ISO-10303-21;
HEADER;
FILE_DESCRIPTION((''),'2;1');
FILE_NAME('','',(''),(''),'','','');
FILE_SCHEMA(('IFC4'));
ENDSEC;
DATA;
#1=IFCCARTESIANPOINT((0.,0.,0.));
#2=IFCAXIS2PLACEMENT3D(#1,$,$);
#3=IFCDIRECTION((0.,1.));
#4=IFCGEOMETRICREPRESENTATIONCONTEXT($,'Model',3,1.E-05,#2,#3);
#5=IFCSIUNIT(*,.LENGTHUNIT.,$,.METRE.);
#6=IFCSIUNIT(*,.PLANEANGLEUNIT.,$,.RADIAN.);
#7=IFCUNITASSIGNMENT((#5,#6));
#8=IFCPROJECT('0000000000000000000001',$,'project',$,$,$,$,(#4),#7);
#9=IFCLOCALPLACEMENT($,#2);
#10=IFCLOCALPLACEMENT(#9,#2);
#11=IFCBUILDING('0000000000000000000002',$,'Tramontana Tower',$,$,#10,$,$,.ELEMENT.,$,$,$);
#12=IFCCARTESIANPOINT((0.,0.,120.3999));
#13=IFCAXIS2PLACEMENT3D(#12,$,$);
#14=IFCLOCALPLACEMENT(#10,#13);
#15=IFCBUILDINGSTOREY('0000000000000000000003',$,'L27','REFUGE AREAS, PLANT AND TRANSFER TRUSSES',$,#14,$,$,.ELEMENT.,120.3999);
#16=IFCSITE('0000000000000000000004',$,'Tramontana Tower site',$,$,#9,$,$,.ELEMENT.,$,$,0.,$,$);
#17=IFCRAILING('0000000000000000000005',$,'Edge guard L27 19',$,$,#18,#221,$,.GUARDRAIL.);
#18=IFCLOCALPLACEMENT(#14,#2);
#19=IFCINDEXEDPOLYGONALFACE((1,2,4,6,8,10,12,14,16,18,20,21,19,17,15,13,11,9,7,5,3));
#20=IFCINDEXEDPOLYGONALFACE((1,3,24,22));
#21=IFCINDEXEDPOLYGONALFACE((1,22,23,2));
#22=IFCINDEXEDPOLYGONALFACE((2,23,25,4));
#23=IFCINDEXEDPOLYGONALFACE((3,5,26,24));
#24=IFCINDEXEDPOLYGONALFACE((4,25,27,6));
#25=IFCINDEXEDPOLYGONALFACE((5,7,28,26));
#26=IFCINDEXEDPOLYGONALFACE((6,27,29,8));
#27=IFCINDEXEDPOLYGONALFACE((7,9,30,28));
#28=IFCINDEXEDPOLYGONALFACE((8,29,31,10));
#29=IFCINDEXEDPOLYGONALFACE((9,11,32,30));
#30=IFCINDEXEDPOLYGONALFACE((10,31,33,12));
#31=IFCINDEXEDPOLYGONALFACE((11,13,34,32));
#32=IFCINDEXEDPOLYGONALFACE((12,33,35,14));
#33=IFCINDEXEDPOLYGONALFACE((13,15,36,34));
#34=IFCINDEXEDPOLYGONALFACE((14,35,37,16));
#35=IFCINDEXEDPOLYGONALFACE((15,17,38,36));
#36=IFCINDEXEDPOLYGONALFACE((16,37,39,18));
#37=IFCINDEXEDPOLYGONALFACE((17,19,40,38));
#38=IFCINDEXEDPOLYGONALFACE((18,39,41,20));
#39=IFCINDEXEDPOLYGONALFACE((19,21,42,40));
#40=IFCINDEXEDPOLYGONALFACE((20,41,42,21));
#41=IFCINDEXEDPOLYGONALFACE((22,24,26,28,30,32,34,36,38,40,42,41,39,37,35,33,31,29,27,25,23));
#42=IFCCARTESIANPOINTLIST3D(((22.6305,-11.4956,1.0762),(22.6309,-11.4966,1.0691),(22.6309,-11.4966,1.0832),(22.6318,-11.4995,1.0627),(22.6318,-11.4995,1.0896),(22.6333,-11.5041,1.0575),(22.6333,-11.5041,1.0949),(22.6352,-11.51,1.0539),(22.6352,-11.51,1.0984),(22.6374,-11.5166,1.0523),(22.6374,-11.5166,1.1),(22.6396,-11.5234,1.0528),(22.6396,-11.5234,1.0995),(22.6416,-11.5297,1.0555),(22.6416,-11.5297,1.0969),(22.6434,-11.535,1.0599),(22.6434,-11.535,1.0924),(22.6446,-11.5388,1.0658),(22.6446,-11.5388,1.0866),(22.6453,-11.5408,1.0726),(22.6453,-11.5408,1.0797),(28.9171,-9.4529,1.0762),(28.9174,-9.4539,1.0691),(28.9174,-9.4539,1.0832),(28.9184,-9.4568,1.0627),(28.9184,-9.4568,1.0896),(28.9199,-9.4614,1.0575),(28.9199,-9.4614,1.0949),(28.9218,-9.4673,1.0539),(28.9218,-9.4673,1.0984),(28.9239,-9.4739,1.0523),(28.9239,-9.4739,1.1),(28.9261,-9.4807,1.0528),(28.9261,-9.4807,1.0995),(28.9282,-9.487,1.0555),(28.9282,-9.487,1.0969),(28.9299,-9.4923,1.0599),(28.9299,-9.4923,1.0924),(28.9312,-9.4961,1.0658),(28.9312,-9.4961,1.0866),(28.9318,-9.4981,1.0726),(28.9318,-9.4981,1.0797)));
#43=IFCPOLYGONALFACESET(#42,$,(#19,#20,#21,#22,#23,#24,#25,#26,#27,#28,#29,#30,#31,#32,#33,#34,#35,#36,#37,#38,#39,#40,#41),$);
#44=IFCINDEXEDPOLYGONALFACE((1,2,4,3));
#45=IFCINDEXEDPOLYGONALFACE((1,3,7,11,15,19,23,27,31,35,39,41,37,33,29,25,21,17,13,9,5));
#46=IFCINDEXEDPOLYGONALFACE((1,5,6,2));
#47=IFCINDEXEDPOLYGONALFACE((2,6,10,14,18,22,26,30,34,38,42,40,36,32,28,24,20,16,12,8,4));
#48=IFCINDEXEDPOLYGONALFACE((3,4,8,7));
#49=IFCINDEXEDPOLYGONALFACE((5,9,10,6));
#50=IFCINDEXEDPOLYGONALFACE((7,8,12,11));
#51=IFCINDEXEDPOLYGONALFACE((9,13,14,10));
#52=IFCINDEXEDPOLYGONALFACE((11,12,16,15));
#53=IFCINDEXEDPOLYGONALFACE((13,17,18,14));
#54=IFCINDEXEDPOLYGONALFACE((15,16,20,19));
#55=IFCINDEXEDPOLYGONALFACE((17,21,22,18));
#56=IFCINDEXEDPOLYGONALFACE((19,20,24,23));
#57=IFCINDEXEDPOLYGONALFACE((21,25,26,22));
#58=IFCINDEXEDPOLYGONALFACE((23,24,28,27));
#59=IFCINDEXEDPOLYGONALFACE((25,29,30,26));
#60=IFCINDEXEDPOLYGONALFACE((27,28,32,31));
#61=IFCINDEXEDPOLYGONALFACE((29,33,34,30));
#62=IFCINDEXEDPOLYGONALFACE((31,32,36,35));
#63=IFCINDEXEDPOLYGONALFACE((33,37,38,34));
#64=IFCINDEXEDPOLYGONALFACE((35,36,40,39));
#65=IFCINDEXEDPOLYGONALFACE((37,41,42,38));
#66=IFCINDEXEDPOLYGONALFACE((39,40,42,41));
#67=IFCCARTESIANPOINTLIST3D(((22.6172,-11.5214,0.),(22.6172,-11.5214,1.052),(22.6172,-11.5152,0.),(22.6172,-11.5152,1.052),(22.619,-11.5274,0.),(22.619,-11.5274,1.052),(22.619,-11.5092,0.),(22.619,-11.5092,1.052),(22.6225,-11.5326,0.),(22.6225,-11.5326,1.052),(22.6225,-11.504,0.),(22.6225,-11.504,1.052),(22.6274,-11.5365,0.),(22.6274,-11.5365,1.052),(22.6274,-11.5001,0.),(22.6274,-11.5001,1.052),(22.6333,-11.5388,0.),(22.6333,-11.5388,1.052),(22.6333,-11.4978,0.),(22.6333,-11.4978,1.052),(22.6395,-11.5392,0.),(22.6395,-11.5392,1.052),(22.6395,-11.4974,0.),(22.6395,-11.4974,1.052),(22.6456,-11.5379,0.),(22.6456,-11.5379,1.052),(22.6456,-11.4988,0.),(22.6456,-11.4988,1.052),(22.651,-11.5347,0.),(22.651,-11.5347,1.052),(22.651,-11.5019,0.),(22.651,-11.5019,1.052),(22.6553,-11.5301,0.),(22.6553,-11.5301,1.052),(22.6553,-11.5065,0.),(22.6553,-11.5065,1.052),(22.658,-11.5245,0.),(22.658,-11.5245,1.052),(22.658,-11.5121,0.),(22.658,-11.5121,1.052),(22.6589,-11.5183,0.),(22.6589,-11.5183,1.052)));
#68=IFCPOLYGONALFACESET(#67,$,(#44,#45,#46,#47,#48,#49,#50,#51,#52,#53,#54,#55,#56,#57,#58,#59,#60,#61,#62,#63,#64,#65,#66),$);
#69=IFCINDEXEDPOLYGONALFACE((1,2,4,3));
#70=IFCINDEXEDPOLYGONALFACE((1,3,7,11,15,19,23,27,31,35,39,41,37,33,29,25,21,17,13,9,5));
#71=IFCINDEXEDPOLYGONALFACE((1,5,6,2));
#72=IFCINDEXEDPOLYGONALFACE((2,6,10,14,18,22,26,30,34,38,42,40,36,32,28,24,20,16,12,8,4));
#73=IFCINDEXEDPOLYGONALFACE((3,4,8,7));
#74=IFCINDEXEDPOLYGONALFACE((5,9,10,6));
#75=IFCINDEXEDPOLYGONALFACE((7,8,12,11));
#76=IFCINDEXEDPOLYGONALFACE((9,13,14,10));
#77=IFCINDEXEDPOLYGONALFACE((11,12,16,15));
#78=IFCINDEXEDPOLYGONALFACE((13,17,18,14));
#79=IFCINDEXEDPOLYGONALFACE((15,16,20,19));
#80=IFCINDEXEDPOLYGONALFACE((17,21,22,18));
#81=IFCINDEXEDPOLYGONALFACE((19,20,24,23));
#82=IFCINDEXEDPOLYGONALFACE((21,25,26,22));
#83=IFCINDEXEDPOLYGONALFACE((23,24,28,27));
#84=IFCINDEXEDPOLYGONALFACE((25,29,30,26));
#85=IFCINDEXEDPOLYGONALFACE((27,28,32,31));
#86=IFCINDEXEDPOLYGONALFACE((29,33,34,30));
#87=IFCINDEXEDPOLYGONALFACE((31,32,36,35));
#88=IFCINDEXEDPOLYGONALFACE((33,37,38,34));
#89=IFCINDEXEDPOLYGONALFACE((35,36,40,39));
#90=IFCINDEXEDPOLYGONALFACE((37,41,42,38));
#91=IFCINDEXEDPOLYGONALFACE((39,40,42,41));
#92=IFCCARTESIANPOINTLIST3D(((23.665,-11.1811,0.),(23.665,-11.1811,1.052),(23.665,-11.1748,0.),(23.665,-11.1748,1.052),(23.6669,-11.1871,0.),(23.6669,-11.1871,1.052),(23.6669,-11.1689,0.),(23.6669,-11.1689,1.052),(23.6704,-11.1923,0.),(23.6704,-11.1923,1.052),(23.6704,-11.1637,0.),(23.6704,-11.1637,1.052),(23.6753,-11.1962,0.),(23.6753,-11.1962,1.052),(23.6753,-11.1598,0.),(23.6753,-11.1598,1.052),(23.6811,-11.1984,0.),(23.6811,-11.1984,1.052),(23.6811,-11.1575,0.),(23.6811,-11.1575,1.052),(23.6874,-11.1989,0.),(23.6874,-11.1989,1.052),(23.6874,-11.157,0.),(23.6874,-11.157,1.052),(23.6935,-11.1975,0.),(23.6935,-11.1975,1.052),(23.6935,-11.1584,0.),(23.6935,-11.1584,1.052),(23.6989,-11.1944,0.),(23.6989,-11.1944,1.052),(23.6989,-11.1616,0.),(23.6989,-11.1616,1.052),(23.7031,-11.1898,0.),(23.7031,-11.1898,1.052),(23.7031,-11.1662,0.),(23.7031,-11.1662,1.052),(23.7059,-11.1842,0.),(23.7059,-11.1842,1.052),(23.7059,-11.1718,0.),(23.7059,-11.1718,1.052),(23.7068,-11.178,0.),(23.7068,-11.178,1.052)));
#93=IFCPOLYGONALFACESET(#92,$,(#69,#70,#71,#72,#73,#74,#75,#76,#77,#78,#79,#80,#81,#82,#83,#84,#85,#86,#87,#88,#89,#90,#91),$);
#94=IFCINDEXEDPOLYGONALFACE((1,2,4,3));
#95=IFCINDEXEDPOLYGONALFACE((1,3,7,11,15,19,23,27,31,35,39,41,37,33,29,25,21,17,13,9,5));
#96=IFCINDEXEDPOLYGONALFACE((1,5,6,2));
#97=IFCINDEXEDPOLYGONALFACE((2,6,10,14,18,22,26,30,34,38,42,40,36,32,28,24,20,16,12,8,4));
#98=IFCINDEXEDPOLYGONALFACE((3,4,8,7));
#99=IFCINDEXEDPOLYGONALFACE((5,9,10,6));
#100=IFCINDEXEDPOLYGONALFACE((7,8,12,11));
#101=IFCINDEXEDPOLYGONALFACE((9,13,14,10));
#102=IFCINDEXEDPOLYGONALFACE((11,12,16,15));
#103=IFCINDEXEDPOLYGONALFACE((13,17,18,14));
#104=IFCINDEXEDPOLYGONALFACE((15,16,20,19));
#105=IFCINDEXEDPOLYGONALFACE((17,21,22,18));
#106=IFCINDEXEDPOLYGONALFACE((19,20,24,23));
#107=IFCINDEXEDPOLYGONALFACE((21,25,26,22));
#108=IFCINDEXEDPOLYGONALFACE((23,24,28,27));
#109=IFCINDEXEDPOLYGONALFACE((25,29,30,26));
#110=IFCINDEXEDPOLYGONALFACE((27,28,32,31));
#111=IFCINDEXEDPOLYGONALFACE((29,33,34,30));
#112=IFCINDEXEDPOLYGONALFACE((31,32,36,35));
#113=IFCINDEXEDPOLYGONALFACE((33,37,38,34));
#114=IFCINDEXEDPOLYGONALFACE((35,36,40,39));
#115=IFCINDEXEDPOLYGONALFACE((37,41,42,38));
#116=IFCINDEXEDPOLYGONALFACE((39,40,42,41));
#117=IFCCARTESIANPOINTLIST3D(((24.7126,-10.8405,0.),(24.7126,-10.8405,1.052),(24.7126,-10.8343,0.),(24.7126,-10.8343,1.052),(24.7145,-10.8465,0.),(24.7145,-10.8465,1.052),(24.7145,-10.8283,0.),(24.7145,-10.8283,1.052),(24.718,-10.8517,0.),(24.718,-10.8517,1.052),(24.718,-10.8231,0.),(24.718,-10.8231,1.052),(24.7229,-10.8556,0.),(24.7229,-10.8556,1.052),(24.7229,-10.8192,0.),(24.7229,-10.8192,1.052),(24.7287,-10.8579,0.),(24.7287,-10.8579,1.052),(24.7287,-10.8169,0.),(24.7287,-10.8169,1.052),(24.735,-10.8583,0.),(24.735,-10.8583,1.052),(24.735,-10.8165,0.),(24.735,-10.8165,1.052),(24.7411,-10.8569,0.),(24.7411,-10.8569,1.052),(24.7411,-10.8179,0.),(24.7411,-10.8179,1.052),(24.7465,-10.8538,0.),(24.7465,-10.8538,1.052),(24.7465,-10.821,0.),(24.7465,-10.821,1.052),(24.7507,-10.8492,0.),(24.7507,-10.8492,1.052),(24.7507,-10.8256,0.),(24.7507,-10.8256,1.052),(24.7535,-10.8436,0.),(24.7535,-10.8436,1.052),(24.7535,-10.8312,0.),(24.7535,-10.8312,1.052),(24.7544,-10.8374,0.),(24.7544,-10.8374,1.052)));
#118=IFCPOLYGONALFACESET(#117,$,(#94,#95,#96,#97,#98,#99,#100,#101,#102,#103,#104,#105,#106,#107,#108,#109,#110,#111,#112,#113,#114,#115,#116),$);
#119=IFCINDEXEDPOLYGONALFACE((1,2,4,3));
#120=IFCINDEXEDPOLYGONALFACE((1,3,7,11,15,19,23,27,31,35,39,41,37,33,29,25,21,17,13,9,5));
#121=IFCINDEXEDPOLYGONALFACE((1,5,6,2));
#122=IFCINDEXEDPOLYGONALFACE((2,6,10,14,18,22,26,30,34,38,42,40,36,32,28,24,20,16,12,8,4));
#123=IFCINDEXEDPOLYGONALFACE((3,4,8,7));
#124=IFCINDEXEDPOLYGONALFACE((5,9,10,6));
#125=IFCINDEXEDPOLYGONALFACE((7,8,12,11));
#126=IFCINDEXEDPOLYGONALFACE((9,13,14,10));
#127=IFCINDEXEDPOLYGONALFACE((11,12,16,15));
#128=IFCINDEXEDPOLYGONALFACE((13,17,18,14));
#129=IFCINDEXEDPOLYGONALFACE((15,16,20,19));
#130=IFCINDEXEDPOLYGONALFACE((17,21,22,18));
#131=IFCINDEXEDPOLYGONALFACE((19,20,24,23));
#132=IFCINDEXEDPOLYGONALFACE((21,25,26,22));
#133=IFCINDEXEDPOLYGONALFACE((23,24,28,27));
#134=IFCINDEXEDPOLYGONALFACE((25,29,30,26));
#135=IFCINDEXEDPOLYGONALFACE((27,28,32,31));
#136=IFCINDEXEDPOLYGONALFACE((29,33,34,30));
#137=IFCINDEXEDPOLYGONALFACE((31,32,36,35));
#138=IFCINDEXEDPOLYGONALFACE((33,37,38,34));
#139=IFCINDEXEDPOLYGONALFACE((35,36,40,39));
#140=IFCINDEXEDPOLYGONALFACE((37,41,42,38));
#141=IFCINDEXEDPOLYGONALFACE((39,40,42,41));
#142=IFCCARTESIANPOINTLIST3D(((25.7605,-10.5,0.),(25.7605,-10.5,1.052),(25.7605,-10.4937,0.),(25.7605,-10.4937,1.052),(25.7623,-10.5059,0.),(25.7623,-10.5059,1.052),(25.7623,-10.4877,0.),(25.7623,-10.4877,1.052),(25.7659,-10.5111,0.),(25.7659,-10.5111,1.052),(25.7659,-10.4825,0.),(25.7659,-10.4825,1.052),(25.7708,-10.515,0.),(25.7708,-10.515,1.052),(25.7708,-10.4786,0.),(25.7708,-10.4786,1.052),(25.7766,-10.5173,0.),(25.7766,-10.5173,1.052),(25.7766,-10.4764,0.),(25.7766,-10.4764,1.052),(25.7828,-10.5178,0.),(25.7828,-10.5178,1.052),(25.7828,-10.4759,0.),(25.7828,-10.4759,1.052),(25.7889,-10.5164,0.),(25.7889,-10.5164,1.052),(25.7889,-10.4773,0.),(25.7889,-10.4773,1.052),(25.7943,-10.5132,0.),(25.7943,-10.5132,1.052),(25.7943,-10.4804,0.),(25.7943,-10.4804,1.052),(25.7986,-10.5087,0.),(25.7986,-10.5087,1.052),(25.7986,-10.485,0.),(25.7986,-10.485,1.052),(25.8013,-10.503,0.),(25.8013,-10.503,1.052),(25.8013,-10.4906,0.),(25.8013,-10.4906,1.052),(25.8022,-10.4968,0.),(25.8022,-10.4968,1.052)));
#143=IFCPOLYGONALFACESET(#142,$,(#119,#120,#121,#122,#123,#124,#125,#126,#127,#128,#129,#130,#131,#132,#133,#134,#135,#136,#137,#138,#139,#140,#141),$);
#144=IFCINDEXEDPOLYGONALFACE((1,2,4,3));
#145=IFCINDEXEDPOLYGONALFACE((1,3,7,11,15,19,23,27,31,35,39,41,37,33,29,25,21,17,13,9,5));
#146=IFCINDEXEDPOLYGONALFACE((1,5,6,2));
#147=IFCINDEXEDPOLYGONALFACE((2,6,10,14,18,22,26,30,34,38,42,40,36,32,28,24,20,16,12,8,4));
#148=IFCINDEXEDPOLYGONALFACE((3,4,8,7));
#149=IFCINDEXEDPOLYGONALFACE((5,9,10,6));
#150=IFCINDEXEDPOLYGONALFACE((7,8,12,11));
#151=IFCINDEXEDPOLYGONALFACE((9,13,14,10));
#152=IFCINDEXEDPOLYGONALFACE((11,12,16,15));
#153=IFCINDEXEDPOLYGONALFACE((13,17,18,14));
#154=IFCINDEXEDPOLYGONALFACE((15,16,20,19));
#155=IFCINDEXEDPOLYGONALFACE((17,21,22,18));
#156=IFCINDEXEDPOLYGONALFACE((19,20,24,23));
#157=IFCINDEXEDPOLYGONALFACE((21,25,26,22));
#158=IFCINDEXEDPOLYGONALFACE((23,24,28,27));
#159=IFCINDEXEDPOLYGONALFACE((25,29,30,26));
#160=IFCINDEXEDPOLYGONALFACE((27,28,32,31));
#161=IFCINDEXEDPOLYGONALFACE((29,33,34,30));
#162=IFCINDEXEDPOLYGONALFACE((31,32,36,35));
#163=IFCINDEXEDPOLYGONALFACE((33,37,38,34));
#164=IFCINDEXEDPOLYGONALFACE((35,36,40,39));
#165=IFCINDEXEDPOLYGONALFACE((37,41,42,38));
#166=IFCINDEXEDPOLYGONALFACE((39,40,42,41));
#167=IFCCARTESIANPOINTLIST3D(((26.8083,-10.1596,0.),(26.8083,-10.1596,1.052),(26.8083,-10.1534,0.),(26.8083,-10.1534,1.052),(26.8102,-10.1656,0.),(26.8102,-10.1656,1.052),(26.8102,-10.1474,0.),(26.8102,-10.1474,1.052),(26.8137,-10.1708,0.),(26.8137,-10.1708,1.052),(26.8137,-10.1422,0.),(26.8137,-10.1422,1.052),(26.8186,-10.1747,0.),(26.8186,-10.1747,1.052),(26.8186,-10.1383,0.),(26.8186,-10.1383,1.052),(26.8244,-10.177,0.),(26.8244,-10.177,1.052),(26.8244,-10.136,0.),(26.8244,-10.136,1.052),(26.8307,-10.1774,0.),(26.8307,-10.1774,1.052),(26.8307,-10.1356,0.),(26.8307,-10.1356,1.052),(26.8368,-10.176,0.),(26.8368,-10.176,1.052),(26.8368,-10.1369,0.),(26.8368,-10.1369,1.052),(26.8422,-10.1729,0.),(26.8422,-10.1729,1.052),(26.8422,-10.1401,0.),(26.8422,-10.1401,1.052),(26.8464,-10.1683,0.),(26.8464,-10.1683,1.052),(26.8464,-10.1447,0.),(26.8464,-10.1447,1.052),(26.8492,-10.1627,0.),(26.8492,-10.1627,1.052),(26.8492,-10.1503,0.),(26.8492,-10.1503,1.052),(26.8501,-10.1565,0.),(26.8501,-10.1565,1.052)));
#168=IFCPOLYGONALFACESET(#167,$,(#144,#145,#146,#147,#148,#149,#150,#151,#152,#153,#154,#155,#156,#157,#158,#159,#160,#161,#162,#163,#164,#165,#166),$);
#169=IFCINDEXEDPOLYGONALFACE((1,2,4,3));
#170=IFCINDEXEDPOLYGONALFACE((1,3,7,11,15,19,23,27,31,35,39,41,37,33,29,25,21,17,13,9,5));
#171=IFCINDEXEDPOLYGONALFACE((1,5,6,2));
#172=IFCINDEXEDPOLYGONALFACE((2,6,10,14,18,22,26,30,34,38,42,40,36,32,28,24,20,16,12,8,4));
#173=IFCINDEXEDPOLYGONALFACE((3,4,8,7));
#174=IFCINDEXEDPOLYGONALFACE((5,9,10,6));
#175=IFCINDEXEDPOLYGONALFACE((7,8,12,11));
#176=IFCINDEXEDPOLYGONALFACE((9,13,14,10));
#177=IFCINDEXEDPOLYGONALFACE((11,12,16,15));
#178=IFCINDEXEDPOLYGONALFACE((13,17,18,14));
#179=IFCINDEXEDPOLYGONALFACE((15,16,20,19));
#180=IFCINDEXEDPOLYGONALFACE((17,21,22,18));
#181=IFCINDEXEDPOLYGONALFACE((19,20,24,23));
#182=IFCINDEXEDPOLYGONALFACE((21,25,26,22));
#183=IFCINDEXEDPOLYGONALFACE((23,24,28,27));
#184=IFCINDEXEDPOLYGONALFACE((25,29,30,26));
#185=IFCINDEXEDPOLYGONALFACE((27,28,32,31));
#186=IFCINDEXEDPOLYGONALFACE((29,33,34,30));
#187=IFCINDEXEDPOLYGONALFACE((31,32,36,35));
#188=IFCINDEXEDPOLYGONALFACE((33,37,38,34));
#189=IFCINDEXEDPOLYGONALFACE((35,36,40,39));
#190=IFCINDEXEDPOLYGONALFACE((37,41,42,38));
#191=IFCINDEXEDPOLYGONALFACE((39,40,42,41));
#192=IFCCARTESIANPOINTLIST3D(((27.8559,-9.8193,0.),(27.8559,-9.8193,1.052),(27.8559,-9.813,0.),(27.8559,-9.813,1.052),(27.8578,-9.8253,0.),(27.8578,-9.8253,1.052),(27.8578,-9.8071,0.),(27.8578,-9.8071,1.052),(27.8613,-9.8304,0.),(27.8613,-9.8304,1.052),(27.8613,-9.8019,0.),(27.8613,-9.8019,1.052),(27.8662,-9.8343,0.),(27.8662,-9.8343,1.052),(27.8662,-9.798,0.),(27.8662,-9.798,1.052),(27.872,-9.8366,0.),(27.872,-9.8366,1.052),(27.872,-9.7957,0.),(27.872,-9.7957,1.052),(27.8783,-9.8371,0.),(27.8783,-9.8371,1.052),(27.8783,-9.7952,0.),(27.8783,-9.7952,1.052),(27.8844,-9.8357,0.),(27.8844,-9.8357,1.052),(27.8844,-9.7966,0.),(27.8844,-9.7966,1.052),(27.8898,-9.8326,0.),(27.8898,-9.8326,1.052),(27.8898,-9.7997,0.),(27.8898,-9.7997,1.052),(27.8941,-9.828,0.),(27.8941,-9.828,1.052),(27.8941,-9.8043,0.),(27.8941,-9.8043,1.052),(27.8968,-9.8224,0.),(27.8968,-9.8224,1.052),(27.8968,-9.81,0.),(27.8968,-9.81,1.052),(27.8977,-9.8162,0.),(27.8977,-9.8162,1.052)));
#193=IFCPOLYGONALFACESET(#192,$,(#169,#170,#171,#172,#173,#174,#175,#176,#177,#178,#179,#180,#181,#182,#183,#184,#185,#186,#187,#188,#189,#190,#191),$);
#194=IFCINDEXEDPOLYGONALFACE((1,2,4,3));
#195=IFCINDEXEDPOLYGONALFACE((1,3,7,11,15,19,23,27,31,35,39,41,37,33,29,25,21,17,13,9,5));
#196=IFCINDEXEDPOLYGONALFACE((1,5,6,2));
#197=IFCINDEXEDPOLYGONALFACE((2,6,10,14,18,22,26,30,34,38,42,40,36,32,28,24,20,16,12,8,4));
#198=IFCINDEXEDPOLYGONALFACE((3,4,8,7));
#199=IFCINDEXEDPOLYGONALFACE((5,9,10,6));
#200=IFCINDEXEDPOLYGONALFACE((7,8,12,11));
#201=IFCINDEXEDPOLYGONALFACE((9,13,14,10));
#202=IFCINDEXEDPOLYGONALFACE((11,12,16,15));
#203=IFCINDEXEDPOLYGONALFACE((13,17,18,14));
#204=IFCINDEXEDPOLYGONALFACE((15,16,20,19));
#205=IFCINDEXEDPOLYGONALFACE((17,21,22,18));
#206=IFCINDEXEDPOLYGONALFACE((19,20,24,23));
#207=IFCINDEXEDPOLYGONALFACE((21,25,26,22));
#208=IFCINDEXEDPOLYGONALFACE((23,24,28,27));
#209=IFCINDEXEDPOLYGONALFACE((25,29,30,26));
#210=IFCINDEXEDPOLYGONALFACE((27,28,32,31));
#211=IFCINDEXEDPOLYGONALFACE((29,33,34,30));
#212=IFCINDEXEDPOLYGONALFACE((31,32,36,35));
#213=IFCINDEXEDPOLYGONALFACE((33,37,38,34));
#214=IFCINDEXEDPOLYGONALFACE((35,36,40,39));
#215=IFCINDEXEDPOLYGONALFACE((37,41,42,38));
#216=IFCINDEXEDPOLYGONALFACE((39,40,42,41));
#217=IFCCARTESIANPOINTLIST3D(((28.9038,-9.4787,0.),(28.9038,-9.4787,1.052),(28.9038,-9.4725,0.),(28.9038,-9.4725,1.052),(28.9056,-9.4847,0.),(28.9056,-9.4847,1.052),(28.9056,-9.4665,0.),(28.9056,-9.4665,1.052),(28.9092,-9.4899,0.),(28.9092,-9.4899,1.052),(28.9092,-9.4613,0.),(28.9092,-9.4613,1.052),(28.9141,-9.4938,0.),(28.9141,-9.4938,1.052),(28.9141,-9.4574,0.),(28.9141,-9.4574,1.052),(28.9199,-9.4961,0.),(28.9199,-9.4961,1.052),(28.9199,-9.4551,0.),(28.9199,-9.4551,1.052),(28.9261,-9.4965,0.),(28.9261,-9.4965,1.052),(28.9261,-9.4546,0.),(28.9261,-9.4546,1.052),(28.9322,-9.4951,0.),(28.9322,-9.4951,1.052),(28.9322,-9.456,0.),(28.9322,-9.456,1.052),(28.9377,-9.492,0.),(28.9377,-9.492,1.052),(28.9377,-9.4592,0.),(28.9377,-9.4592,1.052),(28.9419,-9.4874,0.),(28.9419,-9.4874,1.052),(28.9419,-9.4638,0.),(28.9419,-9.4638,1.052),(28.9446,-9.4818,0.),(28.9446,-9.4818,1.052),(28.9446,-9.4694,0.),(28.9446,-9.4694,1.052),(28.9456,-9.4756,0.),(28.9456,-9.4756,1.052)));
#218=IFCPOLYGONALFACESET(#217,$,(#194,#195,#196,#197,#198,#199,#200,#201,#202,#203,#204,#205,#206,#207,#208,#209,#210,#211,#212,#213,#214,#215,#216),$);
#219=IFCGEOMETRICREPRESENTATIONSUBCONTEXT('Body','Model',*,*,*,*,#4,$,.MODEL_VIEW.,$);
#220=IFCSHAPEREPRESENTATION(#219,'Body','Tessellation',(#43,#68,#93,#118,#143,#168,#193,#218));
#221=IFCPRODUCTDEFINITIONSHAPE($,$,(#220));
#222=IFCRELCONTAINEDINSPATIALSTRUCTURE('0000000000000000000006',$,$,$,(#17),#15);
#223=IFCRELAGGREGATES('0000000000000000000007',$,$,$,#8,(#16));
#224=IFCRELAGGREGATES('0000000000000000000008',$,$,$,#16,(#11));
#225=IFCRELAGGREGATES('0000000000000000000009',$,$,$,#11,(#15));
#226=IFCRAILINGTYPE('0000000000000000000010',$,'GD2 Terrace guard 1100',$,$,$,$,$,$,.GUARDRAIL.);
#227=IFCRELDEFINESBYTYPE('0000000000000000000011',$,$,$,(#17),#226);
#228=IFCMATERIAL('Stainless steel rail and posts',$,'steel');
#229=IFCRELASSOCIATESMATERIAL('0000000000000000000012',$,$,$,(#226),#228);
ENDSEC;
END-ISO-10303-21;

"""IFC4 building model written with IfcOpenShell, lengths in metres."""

from ifc_helpers import new_model, si_unit, direction, frame, origin, origin_2d, place, context, subcontext, project, spatial, circle, extrude, material, type_object, element, save


model = new_model("IFC4")

# Units and contexts
model_context = context("Model", 3, precision=1e-05, world=origin(), true_north=direction((0.0, 1.0)))
body_context = subcontext(model_context, "Body", "Model", "MODEL_VIEW")
ifc_project = project(units=[si_unit("LENGTHUNIT", "METRE"), si_unit("PLANEANGLEUNIT", "RADIAN")], contexts=[model_context])

# Site, building, storey
site_placement = place(None, origin())
site = spatial("IfcSite", under=ifc_project, at=site_placement, Name="Tramontana Tower site", CompositionType="ELEMENT", RefElevation=0.0)
building_placement = place(site_placement, origin())
building = spatial("IfcBuilding", under=site, at=building_placement, Name="Tramontana Tower", CompositionType="ELEMENT")
storey_placement = place(building_placement, frame((0.0, 0.0, 120.3999)))
storey = spatial("IfcBuildingStorey", under=building, at=storey_placement, Name="L27", Description="REFUGE AREAS, PLANT AND TRANSFER TRUSSES", CompositionType="ELEMENT", Elevation=120.3999)

# Railing
ifc_material_1 = material(Name="Stainless steel rail and posts", Category="steel")
railing_type = type_object("IfcRailingType", Name="GD2 Terrace guard 1100", PredefinedType="GUARDRAIL", material=ifc_material_1)
railing_1_placement = place(storey_placement, frame((22.6379, -11.5183, 0.0)))
element("IfcRailing", 1, at=railing_1_placement, inside=storey, type_object=railing_type, Name="Edge guard L27 19", PredefinedType="GUARDRAIL", context=body_context, shape_type="SweptSolid", body=[
    extrude(circle(Radius=0.0239, at=origin_2d()), frame((0.0, 0.0, 1.0762), z_axis=(0.951053, 0.309028, 0.0), x_axis=(-0.309028, 0.951053, 0.0)), (0.0, 0.0, 1.0), 6.6101),
    extrude(circle(Radius=0.021, at=origin_2d()), origin(), (0.0, 0.0, 1.0), 1.052),
    extrude(circle(Radius=0.021, at=origin_2d()), frame((1.0479, 0.3403, 0.0)), (0.0, 0.0, 1.0), 1.052),
    extrude(circle(Radius=0.021, at=origin_2d()), frame((2.0955, 0.6809, 0.0)), (0.0, 0.0, 1.0), 1.052),
    extrude(circle(Radius=0.021, at=origin_2d()), frame((3.1433, 1.0215, 0.0)), (0.0, 0.0, 1.0), 1.052),
    extrude(circle(Radius=0.021, at=origin_2d()), frame((4.1912, 1.3618, 0.0)), (0.0, 0.0, 1.0), 1.052),
    extrude(circle(Radius=0.021, at=origin_2d()), frame((5.2388, 1.7021, 0.0)), (0.0, 0.0, 1.0), 1.052),
    extrude(circle(Radius=0.021, at=origin_2d()), frame((6.2866, 2.0427, 0.0)), (0.0, 0.0, 1.0), 1.052),
])

save(model, "model.ifc")
